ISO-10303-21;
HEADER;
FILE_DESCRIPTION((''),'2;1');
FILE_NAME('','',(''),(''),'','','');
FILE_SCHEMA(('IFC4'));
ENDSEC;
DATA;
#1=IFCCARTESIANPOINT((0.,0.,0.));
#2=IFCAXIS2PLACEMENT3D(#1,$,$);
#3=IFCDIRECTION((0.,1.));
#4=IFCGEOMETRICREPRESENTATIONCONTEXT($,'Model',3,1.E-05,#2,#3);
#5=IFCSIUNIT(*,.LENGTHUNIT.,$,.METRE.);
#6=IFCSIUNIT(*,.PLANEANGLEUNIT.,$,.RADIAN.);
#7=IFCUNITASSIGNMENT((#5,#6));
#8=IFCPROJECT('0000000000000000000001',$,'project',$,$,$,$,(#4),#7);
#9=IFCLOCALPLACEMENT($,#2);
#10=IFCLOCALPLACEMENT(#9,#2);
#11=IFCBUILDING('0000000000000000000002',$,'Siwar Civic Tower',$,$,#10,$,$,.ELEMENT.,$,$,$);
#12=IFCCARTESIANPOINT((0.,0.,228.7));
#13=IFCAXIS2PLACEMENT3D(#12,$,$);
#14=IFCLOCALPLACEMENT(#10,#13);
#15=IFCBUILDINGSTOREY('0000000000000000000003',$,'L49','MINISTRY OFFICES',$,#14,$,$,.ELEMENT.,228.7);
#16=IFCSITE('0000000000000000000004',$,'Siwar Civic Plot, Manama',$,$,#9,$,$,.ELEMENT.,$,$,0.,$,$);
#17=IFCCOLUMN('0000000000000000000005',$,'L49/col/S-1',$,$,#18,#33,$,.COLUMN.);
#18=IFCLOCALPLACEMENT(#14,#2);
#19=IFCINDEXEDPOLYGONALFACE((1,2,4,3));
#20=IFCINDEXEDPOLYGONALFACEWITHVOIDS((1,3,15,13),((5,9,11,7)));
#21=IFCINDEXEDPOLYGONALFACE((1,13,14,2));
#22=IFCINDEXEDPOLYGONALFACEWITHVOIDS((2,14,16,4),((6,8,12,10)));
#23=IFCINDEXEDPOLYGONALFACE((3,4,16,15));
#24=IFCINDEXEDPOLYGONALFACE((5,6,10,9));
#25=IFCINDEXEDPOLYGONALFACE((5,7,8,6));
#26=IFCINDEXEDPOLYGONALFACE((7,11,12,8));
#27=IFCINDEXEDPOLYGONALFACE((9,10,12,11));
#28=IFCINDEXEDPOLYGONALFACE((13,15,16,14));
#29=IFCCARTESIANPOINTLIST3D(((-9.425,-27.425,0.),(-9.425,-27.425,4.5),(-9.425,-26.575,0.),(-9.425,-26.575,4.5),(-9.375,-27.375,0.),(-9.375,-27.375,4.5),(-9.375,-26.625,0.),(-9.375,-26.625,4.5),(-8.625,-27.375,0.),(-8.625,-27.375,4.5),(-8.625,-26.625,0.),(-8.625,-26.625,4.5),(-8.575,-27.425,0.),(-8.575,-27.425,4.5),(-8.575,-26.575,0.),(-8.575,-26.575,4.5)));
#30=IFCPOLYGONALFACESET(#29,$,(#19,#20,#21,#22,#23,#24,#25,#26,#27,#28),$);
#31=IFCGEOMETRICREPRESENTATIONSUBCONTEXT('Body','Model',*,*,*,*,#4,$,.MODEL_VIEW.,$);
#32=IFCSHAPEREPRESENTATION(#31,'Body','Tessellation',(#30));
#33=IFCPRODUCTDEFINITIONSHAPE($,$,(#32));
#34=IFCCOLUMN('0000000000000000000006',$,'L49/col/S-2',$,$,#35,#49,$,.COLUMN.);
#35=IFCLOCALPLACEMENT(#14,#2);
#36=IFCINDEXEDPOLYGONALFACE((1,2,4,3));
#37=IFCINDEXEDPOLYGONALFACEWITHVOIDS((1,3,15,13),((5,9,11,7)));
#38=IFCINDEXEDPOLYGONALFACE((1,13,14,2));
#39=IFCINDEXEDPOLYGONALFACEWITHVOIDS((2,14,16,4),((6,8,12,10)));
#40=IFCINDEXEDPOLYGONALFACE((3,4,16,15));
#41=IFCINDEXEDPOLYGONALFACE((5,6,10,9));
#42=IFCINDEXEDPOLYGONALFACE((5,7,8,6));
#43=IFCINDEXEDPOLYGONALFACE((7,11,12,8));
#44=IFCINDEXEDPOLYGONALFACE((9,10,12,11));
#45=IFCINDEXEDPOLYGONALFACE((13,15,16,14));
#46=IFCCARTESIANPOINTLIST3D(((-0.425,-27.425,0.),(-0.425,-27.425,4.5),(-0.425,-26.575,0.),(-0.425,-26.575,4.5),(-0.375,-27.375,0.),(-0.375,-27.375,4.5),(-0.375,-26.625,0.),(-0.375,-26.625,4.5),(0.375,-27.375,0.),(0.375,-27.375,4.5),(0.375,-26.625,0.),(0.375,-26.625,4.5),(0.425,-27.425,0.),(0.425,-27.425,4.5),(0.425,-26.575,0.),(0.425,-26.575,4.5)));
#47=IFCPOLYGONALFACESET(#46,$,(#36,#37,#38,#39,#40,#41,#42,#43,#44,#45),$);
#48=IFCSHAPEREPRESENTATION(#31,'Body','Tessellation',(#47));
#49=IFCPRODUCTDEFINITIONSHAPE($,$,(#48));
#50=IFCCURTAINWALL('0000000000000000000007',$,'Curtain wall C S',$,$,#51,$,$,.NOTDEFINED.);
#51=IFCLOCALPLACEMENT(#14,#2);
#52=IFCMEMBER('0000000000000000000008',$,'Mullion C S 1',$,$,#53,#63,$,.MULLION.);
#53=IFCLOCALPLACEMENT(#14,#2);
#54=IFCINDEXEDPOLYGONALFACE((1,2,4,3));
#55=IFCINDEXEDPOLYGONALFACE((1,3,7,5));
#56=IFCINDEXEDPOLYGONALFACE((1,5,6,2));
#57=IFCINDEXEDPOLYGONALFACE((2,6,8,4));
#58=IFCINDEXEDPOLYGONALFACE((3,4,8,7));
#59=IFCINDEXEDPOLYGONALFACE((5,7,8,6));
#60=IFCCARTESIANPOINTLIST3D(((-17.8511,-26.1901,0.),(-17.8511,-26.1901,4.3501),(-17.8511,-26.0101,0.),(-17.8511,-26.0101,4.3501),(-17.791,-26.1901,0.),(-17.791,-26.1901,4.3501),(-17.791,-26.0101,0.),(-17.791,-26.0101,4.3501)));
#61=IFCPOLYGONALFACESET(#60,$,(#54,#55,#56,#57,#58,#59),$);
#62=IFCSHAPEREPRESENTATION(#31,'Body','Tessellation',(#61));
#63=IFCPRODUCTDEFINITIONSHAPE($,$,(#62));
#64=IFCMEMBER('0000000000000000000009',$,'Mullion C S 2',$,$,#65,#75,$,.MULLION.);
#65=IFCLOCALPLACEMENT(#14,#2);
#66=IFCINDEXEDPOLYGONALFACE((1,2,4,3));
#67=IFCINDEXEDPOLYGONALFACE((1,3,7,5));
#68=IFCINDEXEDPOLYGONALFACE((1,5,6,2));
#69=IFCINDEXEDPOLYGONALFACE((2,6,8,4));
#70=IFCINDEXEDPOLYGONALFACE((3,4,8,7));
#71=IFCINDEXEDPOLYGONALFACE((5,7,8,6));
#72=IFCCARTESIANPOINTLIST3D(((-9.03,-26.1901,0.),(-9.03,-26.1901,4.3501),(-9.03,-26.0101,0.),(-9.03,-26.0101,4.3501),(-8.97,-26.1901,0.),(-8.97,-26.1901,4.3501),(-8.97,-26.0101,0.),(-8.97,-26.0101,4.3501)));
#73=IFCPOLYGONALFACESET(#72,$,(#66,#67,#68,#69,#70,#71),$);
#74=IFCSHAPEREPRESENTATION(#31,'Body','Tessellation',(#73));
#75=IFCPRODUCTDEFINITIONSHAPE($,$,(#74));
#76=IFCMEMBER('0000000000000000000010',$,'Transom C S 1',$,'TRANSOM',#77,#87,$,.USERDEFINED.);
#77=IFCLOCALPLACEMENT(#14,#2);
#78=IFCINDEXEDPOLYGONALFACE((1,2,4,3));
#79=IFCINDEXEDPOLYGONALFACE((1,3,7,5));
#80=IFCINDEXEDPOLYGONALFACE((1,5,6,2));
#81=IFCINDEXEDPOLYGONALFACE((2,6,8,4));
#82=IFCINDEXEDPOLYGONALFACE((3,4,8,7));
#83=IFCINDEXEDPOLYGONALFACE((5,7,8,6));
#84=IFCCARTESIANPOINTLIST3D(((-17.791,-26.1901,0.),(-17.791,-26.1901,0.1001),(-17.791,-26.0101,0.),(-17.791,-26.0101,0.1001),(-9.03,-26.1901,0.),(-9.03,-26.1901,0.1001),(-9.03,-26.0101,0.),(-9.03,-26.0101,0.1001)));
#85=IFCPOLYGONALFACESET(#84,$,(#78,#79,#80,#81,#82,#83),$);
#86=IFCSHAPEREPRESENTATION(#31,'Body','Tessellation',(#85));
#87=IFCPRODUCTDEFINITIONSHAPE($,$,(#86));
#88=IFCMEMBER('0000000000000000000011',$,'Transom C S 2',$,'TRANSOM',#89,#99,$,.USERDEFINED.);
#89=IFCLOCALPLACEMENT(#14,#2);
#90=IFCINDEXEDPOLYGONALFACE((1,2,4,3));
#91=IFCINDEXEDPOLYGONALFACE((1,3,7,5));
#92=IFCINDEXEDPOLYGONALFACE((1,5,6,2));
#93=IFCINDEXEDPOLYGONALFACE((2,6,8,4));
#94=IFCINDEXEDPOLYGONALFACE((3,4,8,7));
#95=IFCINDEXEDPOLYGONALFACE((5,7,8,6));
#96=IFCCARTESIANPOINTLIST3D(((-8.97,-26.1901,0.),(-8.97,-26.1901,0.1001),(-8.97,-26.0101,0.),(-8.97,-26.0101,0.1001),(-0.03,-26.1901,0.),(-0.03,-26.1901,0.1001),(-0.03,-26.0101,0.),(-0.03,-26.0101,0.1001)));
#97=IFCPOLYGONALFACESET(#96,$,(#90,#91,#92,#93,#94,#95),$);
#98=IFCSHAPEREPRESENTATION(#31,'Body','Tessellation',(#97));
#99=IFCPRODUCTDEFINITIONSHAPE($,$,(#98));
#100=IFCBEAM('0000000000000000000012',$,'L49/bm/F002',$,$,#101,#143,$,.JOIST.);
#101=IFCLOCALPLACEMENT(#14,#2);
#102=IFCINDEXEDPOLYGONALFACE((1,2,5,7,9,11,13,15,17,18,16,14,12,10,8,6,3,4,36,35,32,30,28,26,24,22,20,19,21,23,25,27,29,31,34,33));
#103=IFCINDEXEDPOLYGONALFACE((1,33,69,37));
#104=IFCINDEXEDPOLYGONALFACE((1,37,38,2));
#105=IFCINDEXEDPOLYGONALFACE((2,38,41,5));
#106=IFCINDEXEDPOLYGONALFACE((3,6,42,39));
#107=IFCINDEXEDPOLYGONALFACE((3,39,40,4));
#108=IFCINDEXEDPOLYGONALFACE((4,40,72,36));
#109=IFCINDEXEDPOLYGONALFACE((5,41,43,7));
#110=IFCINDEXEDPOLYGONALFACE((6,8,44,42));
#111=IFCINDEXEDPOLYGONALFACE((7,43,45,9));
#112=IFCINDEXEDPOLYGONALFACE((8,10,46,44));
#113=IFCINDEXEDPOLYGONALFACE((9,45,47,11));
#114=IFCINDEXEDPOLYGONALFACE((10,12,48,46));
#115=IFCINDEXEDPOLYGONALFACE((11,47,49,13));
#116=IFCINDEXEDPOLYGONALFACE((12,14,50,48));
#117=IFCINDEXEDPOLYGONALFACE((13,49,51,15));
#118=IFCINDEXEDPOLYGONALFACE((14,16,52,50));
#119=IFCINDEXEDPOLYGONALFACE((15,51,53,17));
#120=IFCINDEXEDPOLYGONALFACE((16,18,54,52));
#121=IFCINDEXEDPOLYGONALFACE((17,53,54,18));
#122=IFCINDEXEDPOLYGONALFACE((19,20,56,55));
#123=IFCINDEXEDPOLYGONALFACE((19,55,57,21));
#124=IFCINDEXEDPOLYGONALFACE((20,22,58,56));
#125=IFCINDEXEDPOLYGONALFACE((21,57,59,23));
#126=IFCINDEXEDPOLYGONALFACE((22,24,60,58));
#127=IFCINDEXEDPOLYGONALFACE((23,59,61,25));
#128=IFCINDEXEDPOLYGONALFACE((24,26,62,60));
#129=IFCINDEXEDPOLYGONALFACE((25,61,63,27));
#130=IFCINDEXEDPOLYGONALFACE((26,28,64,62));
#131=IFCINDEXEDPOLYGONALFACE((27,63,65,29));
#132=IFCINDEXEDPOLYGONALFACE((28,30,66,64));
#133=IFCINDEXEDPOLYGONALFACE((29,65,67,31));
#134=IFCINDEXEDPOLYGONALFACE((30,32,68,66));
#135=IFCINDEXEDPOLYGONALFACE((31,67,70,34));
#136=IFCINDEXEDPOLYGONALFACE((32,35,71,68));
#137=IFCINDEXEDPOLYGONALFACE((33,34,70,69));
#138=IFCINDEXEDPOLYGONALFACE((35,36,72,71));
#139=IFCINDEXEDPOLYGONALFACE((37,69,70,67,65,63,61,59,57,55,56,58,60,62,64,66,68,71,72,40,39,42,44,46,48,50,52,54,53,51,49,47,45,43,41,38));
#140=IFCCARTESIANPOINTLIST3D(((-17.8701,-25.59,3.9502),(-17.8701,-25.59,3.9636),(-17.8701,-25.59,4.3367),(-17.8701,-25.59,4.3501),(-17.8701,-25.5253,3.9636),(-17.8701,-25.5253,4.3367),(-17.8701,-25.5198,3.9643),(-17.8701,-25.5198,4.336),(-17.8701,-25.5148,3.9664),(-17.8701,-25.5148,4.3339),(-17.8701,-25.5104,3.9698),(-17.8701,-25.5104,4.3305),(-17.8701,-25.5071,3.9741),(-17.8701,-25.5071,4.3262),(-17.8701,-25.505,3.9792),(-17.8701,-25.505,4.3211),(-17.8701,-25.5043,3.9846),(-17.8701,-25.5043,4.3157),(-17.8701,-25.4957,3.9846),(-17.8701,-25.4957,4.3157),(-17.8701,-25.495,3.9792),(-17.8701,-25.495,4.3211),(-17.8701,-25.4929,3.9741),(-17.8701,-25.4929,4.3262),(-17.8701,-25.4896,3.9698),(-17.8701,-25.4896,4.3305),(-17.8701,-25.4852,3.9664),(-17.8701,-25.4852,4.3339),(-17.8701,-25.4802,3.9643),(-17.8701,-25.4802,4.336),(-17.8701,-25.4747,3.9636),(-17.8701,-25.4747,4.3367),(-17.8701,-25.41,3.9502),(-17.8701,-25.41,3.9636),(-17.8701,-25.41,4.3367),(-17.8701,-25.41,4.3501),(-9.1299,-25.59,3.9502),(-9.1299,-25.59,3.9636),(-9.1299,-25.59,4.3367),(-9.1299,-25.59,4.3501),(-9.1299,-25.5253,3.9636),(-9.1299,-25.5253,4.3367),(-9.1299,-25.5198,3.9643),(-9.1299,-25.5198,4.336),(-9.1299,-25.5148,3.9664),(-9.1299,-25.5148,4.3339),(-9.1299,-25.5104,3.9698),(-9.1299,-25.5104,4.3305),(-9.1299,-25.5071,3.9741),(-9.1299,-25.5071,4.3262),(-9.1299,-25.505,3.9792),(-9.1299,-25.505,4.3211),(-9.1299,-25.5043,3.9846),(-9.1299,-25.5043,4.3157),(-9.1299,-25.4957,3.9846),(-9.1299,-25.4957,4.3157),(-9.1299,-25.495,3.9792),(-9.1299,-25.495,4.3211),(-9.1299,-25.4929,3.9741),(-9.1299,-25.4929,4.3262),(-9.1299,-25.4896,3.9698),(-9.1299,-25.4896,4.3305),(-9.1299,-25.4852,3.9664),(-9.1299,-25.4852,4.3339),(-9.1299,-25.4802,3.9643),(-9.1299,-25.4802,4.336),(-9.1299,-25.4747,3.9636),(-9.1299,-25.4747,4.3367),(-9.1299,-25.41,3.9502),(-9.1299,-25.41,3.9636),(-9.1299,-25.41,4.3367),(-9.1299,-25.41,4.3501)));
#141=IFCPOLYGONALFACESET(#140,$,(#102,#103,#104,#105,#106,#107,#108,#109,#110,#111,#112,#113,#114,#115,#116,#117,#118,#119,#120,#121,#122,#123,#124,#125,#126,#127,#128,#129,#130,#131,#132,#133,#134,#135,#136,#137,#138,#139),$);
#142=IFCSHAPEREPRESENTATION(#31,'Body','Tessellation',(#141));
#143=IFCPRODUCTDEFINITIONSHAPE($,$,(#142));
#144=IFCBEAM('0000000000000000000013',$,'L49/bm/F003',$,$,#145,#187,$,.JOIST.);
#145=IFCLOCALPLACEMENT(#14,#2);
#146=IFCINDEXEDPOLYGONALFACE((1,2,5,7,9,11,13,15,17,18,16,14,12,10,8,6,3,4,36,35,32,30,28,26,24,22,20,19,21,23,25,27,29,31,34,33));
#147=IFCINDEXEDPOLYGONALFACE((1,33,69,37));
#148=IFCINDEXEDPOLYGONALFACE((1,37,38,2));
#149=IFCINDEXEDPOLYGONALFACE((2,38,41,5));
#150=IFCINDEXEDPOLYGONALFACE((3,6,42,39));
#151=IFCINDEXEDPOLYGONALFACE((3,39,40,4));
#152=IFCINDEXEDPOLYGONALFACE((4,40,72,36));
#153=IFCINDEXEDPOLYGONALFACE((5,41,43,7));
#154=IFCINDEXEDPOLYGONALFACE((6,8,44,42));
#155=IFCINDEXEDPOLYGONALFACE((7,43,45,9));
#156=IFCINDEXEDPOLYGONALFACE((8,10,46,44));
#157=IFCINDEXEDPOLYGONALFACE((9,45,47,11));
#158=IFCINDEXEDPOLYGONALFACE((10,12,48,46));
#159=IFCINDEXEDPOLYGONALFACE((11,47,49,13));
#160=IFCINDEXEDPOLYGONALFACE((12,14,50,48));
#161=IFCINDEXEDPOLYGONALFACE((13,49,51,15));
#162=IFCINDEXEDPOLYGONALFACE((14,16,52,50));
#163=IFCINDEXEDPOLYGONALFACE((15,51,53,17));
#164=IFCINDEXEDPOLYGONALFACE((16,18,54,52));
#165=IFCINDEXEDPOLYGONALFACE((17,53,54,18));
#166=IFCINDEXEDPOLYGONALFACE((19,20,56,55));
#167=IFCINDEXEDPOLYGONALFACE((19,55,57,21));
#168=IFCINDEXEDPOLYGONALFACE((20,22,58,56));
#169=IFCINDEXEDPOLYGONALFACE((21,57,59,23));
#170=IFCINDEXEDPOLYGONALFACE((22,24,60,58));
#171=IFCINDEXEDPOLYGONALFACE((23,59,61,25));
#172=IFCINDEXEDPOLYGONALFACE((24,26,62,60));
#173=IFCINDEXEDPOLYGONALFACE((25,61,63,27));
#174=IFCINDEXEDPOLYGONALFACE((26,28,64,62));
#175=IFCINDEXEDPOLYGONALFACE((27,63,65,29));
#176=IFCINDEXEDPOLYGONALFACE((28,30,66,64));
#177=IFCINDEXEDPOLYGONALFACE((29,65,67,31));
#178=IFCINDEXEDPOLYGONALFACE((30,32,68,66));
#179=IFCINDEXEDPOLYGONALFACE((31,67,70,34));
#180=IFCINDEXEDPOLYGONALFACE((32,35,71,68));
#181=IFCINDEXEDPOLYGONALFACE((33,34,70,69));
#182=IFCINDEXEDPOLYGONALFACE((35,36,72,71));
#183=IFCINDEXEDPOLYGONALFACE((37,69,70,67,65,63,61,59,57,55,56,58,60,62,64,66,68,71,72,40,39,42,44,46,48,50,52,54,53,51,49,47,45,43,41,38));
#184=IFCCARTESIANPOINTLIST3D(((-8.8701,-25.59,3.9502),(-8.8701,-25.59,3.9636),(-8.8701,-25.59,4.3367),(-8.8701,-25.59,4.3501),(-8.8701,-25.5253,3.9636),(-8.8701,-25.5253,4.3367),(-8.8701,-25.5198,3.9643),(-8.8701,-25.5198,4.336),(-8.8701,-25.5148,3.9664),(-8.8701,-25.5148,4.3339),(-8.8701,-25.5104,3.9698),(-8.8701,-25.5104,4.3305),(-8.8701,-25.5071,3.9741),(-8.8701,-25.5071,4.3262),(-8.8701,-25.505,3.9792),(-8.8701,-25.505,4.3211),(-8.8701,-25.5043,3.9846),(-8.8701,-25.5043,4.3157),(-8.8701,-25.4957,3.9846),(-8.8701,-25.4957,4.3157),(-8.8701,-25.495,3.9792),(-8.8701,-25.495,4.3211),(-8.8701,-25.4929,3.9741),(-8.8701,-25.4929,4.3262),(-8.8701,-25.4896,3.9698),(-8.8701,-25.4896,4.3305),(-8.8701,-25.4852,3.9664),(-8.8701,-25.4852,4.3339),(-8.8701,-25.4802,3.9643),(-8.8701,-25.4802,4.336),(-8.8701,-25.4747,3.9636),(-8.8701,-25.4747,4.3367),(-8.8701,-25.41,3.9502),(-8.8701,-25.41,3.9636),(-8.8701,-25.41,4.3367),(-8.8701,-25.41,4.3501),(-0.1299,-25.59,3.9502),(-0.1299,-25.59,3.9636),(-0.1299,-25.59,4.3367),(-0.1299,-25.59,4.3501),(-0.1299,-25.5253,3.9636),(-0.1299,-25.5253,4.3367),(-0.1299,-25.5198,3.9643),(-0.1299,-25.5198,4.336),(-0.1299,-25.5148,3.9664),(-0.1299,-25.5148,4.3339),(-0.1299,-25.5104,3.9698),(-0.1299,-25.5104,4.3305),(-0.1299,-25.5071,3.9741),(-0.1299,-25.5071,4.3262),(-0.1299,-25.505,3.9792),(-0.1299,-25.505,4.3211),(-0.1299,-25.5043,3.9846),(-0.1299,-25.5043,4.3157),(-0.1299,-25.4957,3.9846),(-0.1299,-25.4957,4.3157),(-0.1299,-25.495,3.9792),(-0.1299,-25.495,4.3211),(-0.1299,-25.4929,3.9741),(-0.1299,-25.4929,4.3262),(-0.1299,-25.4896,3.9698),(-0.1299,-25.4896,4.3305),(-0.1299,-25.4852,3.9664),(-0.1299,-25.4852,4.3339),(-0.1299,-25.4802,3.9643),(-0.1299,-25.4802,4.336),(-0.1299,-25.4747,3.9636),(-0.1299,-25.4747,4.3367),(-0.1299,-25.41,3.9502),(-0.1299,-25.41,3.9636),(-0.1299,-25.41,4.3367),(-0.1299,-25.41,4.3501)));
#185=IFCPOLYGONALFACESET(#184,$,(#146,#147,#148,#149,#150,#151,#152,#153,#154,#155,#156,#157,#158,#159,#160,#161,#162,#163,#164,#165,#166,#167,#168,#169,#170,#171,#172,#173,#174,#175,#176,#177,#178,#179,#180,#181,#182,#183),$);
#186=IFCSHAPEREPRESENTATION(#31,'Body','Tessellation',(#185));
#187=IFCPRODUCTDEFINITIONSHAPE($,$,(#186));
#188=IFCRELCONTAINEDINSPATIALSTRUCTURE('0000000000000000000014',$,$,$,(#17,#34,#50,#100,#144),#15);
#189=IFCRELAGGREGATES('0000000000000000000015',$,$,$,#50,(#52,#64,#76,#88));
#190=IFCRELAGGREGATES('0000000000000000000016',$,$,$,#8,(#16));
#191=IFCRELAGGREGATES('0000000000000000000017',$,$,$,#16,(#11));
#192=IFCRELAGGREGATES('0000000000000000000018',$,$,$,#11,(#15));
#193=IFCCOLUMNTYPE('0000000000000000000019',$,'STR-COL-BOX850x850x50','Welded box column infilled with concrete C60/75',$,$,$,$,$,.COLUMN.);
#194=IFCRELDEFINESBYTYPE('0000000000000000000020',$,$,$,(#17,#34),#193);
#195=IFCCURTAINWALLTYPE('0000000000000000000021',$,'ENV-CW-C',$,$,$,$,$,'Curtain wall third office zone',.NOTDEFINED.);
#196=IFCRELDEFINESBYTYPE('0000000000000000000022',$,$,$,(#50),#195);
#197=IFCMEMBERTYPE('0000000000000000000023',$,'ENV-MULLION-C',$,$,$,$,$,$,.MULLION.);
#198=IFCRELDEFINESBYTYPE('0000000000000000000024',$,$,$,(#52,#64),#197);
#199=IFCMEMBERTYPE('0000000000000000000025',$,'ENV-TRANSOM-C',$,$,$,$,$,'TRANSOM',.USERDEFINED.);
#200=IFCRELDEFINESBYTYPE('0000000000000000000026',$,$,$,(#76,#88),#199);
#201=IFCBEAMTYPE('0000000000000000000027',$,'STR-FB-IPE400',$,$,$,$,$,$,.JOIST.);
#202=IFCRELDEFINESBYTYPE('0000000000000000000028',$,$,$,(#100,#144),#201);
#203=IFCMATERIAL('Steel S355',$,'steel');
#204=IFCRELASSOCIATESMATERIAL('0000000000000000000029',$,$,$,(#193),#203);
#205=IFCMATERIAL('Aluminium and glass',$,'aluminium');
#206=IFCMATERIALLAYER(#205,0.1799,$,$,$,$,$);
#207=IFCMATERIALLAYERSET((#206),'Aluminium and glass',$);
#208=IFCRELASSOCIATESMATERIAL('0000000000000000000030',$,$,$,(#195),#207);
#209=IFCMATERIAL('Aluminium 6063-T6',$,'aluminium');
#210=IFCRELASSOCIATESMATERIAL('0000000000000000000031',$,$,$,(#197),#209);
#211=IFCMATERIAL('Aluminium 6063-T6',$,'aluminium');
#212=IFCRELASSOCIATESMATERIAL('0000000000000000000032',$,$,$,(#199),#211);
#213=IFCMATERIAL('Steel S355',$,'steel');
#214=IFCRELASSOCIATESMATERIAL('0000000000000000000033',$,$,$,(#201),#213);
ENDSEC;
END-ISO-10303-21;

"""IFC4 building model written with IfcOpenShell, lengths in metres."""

from ifc_helpers import new_model, si_unit, direction, frame, origin, origin_2d, place, context, subcontext, project, spatial, rectangle, hollow_rectangle, i_section, extrude, material, layer, layer_set, material_profile, profile_set, type_object, element, aggregate, save


model = new_model("IFC4")

# Units and contexts
model_context = context("Model", 3, precision=1e-05, world=origin(), true_north=direction((0.0, 1.0)))
body_context = subcontext(model_context, "Body", "Model", "MODEL_VIEW")
ifc_project = project(units=[si_unit("LENGTHUNIT", "METRE"), si_unit("PLANEANGLEUNIT", "RADIAN")], contexts=[model_context])

# Site, building, storey
site_placement = place(None, origin())
site = spatial("IfcSite", under=ifc_project, at=site_placement, Name="Siwar Civic Plot, Manama", CompositionType="ELEMENT", RefElevation=0.0)
building_placement = place(site_placement, origin())
building = spatial("IfcBuilding", under=site, at=building_placement, Name="Siwar Civic Tower", CompositionType="ELEMENT")
storey_placement = place(building_placement, frame((0.0, 0.0, 228.7)))
storey = spatial("IfcBuildingStorey", under=building, at=storey_placement, Name="L49", Description="MINISTRY OFFICES", CompositionType="ELEMENT", Elevation=228.7)

# Columns
ifc_material_1 = material(Name="Steel S355", Category="steel")
ifc_material_profile_1 = material_profile(ifc_material_1, hollow_rectangle(XDim=0.8501, YDim=0.8501, WallThickness=0.05, at=origin_2d()), Name="BOX850x850x50")
ifc_profile_set_1 = profile_set([ifc_material_profile_1], Name="Steel S355")
column_type = type_object("IfcColumnType", Name="STR-COL-BOX850x850x50", Description="Welded box column infilled with concrete C60/75", PredefinedType="COLUMN", material=ifc_profile_set_1)
for number, where, z_axis, x_axis, name in (
    (1, (-9.0, -27.0, 0.0), (0.0, 0.0, 1.0), (1.0, 0.0, 0.0), "L49/col/S-1"),
    (2, (0.0, -27.0, 0.0), (0.0, 0.0, 1.0), (1.0, 0.0, 0.0), "L49/col/S-2"),
):
    element("IfcColumn", number, at=place(storey_placement, frame(where, z_axis=z_axis, x_axis=x_axis)), inside=storey, type_object=column_type, Name=name, PredefinedType="COLUMN", context=body_context, shape_type="SweptSolid", body=[
        extrude(hollow_rectangle(XDim=0.8501, YDim=0.8501, WallThickness=0.05, at=origin_2d()), origin(), (0.0, 0.0, 1.0), 4.5),
    ])

# Curtain wall, members
ifc_material_2 = material(Name="Aluminium and glass", Category="aluminium")
ifc_layer_1 = layer(ifc_material_2, 0.1799)
ifc_layer_set_1 = layer_set([ifc_layer_1], Name="Aluminium and glass")
curtain_wall_type = type_object("IfcCurtainWallType", Name="ENV-CW-C", ElementType="Curtain wall third office zone", PredefinedType="NOTDEFINED", material=ifc_layer_set_1)
curtain_wall_placement = place(storey_placement, origin())
curtain_wall = element("IfcCurtainWall", 3, at=curtain_wall_placement, inside=storey, type_object=curtain_wall_type, Name="Curtain wall C S", PredefinedType="NOTDEFINED")
ifc_material_3 = material(Name="Aluminium 6063-T6", Category="aluminium")
ifc_material_profile_2 = material_profile(ifc_material_3, rectangle(XDim=0.1799, YDim=0.0601, at=origin_2d()), Name="AL 180x60")
ifc_profile_set_2 = profile_set([ifc_material_profile_2], Name="Aluminium 6063-T6")
member_type_1 = type_object("IfcMemberType", Name="ENV-MULLION-C", PredefinedType="MULLION", material=ifc_profile_set_2)
member_1_placement = place(storey_placement, frame((-17.821, -26.1001, 0.0), z_axis=(0.0, 0.0, 1.0), x_axis=(0.0, 1.0, 0.0)))
member_1 = element("IfcMember", 4, at=member_1_placement, type_object=member_type_1, Name="Mullion C S 1", PredefinedType="MULLION", context=body_context, shape_type="SweptSolid", body=[
    extrude(rectangle(XDim=0.1799, YDim=0.0601, at=origin_2d()), origin(), (0.0, 0.0, 1.0), 4.3501),
])
member_2_placement = place(storey_placement, frame((-9.0, -26.1001, 0.0), z_axis=(0.0, 0.0, 1.0), x_axis=(0.0, 1.0, 0.0)))
member_2 = element("IfcMember", 5, at=member_2_placement, type_object=member_type_1, Name="Mullion C S 2", PredefinedType="MULLION", context=body_context, shape_type="SweptSolid", body=[
    extrude(rectangle(XDim=0.1799, YDim=0.0601, at=origin_2d()), origin(), (0.0, 0.0, 1.0), 4.3501),
])
ifc_material_4 = material(Name="Aluminium 6063-T6", Category="aluminium")
ifc_material_profile_3 = material_profile(ifc_material_4, rectangle(XDim=0.1799, YDim=0.1001, at=origin_2d()), Name="AL 180x100")
ifc_profile_set_3 = profile_set([ifc_material_profile_3], Name="Aluminium 6063-T6")
member_type_2 = type_object("IfcMemberType", Name="ENV-TRANSOM-C", ElementType="TRANSOM", PredefinedType="USERDEFINED", material=ifc_profile_set_3)
member_3_placement = place(storey_placement, frame((-17.791, -26.1001, 0.05), z_axis=(1.0, 0.0, 0.0), x_axis=(0.0, 1.0, 0.0)))
member_3 = element("IfcMember", 6, at=member_3_placement, type_object=member_type_2, Name="Transom C S 1", ObjectType="TRANSOM", PredefinedType="USERDEFINED", context=body_context, shape_type="SweptSolid", body=[
    extrude(rectangle(XDim=0.1799, YDim=0.1001, at=origin_2d()), origin(), (0.0, 0.0, 1.0), 8.761),
])
member_4_placement = place(storey_placement, frame((-8.97, -26.1001, 0.05), z_axis=(1.0, 0.0, 0.0), x_axis=(0.0, 1.0, 0.0)))
member_4 = element("IfcMember", 7, at=member_4_placement, type_object=member_type_2, Name="Transom C S 2", ObjectType="TRANSOM", PredefinedType="USERDEFINED", context=body_context, shape_type="SweptSolid", body=[
    extrude(rectangle(XDim=0.1799, YDim=0.1001, at=origin_2d()), origin(), (0.0, 0.0, 1.0), 8.9399),
])

# Beams
ifc_material_5 = material(Name="Steel S355", Category="steel")
ifc_material_profile_4 = material_profile(ifc_material_5, i_section(OverallWidth=0.1799, OverallDepth=0.3999, WebThickness=0.0085, FlangeThickness=0.0134, FilletRadius=0.021, at=origin_2d()), Name="IPE400")
ifc_profile_set_4 = profile_set([ifc_material_profile_4], Name="Steel S355")
beam_type_1 = type_object("IfcBeamType", Name="STR-FB-IPE400", PredefinedType="JOIST", material=ifc_profile_set_4)
for number, where, z_axis, x_axis, name in (
    (8, (-17.8701, -25.5, 4.1501), (1.0, 0.0, 0.0), (0.0, 1.0, 0.0), "L49/bm/F002"),
    (9, (-8.8701, -25.5, 4.1501), (1.0, 0.0, 0.0), (0.0, 1.0, 0.0), "L49/bm/F003"),
):
    element("IfcBeam", number, at=place(storey_placement, frame(where, z_axis=z_axis, x_axis=x_axis)), inside=storey, type_object=beam_type_1, Name=name, PredefinedType="JOIST", context=body_context, shape_type="SweptSolid", body=[
        extrude(i_section(OverallWidth=0.1799, OverallDepth=0.3999, WebThickness=0.0085, FlangeThickness=0.0134, FilletRadius=0.021, at=origin_2d()), origin(), (0.0, 0.0, 1.0), 8.7402),
    ])

aggregate(curtain_wall, [member_1, member_2, member_3, member_4])

save(model, "model.ifc")
